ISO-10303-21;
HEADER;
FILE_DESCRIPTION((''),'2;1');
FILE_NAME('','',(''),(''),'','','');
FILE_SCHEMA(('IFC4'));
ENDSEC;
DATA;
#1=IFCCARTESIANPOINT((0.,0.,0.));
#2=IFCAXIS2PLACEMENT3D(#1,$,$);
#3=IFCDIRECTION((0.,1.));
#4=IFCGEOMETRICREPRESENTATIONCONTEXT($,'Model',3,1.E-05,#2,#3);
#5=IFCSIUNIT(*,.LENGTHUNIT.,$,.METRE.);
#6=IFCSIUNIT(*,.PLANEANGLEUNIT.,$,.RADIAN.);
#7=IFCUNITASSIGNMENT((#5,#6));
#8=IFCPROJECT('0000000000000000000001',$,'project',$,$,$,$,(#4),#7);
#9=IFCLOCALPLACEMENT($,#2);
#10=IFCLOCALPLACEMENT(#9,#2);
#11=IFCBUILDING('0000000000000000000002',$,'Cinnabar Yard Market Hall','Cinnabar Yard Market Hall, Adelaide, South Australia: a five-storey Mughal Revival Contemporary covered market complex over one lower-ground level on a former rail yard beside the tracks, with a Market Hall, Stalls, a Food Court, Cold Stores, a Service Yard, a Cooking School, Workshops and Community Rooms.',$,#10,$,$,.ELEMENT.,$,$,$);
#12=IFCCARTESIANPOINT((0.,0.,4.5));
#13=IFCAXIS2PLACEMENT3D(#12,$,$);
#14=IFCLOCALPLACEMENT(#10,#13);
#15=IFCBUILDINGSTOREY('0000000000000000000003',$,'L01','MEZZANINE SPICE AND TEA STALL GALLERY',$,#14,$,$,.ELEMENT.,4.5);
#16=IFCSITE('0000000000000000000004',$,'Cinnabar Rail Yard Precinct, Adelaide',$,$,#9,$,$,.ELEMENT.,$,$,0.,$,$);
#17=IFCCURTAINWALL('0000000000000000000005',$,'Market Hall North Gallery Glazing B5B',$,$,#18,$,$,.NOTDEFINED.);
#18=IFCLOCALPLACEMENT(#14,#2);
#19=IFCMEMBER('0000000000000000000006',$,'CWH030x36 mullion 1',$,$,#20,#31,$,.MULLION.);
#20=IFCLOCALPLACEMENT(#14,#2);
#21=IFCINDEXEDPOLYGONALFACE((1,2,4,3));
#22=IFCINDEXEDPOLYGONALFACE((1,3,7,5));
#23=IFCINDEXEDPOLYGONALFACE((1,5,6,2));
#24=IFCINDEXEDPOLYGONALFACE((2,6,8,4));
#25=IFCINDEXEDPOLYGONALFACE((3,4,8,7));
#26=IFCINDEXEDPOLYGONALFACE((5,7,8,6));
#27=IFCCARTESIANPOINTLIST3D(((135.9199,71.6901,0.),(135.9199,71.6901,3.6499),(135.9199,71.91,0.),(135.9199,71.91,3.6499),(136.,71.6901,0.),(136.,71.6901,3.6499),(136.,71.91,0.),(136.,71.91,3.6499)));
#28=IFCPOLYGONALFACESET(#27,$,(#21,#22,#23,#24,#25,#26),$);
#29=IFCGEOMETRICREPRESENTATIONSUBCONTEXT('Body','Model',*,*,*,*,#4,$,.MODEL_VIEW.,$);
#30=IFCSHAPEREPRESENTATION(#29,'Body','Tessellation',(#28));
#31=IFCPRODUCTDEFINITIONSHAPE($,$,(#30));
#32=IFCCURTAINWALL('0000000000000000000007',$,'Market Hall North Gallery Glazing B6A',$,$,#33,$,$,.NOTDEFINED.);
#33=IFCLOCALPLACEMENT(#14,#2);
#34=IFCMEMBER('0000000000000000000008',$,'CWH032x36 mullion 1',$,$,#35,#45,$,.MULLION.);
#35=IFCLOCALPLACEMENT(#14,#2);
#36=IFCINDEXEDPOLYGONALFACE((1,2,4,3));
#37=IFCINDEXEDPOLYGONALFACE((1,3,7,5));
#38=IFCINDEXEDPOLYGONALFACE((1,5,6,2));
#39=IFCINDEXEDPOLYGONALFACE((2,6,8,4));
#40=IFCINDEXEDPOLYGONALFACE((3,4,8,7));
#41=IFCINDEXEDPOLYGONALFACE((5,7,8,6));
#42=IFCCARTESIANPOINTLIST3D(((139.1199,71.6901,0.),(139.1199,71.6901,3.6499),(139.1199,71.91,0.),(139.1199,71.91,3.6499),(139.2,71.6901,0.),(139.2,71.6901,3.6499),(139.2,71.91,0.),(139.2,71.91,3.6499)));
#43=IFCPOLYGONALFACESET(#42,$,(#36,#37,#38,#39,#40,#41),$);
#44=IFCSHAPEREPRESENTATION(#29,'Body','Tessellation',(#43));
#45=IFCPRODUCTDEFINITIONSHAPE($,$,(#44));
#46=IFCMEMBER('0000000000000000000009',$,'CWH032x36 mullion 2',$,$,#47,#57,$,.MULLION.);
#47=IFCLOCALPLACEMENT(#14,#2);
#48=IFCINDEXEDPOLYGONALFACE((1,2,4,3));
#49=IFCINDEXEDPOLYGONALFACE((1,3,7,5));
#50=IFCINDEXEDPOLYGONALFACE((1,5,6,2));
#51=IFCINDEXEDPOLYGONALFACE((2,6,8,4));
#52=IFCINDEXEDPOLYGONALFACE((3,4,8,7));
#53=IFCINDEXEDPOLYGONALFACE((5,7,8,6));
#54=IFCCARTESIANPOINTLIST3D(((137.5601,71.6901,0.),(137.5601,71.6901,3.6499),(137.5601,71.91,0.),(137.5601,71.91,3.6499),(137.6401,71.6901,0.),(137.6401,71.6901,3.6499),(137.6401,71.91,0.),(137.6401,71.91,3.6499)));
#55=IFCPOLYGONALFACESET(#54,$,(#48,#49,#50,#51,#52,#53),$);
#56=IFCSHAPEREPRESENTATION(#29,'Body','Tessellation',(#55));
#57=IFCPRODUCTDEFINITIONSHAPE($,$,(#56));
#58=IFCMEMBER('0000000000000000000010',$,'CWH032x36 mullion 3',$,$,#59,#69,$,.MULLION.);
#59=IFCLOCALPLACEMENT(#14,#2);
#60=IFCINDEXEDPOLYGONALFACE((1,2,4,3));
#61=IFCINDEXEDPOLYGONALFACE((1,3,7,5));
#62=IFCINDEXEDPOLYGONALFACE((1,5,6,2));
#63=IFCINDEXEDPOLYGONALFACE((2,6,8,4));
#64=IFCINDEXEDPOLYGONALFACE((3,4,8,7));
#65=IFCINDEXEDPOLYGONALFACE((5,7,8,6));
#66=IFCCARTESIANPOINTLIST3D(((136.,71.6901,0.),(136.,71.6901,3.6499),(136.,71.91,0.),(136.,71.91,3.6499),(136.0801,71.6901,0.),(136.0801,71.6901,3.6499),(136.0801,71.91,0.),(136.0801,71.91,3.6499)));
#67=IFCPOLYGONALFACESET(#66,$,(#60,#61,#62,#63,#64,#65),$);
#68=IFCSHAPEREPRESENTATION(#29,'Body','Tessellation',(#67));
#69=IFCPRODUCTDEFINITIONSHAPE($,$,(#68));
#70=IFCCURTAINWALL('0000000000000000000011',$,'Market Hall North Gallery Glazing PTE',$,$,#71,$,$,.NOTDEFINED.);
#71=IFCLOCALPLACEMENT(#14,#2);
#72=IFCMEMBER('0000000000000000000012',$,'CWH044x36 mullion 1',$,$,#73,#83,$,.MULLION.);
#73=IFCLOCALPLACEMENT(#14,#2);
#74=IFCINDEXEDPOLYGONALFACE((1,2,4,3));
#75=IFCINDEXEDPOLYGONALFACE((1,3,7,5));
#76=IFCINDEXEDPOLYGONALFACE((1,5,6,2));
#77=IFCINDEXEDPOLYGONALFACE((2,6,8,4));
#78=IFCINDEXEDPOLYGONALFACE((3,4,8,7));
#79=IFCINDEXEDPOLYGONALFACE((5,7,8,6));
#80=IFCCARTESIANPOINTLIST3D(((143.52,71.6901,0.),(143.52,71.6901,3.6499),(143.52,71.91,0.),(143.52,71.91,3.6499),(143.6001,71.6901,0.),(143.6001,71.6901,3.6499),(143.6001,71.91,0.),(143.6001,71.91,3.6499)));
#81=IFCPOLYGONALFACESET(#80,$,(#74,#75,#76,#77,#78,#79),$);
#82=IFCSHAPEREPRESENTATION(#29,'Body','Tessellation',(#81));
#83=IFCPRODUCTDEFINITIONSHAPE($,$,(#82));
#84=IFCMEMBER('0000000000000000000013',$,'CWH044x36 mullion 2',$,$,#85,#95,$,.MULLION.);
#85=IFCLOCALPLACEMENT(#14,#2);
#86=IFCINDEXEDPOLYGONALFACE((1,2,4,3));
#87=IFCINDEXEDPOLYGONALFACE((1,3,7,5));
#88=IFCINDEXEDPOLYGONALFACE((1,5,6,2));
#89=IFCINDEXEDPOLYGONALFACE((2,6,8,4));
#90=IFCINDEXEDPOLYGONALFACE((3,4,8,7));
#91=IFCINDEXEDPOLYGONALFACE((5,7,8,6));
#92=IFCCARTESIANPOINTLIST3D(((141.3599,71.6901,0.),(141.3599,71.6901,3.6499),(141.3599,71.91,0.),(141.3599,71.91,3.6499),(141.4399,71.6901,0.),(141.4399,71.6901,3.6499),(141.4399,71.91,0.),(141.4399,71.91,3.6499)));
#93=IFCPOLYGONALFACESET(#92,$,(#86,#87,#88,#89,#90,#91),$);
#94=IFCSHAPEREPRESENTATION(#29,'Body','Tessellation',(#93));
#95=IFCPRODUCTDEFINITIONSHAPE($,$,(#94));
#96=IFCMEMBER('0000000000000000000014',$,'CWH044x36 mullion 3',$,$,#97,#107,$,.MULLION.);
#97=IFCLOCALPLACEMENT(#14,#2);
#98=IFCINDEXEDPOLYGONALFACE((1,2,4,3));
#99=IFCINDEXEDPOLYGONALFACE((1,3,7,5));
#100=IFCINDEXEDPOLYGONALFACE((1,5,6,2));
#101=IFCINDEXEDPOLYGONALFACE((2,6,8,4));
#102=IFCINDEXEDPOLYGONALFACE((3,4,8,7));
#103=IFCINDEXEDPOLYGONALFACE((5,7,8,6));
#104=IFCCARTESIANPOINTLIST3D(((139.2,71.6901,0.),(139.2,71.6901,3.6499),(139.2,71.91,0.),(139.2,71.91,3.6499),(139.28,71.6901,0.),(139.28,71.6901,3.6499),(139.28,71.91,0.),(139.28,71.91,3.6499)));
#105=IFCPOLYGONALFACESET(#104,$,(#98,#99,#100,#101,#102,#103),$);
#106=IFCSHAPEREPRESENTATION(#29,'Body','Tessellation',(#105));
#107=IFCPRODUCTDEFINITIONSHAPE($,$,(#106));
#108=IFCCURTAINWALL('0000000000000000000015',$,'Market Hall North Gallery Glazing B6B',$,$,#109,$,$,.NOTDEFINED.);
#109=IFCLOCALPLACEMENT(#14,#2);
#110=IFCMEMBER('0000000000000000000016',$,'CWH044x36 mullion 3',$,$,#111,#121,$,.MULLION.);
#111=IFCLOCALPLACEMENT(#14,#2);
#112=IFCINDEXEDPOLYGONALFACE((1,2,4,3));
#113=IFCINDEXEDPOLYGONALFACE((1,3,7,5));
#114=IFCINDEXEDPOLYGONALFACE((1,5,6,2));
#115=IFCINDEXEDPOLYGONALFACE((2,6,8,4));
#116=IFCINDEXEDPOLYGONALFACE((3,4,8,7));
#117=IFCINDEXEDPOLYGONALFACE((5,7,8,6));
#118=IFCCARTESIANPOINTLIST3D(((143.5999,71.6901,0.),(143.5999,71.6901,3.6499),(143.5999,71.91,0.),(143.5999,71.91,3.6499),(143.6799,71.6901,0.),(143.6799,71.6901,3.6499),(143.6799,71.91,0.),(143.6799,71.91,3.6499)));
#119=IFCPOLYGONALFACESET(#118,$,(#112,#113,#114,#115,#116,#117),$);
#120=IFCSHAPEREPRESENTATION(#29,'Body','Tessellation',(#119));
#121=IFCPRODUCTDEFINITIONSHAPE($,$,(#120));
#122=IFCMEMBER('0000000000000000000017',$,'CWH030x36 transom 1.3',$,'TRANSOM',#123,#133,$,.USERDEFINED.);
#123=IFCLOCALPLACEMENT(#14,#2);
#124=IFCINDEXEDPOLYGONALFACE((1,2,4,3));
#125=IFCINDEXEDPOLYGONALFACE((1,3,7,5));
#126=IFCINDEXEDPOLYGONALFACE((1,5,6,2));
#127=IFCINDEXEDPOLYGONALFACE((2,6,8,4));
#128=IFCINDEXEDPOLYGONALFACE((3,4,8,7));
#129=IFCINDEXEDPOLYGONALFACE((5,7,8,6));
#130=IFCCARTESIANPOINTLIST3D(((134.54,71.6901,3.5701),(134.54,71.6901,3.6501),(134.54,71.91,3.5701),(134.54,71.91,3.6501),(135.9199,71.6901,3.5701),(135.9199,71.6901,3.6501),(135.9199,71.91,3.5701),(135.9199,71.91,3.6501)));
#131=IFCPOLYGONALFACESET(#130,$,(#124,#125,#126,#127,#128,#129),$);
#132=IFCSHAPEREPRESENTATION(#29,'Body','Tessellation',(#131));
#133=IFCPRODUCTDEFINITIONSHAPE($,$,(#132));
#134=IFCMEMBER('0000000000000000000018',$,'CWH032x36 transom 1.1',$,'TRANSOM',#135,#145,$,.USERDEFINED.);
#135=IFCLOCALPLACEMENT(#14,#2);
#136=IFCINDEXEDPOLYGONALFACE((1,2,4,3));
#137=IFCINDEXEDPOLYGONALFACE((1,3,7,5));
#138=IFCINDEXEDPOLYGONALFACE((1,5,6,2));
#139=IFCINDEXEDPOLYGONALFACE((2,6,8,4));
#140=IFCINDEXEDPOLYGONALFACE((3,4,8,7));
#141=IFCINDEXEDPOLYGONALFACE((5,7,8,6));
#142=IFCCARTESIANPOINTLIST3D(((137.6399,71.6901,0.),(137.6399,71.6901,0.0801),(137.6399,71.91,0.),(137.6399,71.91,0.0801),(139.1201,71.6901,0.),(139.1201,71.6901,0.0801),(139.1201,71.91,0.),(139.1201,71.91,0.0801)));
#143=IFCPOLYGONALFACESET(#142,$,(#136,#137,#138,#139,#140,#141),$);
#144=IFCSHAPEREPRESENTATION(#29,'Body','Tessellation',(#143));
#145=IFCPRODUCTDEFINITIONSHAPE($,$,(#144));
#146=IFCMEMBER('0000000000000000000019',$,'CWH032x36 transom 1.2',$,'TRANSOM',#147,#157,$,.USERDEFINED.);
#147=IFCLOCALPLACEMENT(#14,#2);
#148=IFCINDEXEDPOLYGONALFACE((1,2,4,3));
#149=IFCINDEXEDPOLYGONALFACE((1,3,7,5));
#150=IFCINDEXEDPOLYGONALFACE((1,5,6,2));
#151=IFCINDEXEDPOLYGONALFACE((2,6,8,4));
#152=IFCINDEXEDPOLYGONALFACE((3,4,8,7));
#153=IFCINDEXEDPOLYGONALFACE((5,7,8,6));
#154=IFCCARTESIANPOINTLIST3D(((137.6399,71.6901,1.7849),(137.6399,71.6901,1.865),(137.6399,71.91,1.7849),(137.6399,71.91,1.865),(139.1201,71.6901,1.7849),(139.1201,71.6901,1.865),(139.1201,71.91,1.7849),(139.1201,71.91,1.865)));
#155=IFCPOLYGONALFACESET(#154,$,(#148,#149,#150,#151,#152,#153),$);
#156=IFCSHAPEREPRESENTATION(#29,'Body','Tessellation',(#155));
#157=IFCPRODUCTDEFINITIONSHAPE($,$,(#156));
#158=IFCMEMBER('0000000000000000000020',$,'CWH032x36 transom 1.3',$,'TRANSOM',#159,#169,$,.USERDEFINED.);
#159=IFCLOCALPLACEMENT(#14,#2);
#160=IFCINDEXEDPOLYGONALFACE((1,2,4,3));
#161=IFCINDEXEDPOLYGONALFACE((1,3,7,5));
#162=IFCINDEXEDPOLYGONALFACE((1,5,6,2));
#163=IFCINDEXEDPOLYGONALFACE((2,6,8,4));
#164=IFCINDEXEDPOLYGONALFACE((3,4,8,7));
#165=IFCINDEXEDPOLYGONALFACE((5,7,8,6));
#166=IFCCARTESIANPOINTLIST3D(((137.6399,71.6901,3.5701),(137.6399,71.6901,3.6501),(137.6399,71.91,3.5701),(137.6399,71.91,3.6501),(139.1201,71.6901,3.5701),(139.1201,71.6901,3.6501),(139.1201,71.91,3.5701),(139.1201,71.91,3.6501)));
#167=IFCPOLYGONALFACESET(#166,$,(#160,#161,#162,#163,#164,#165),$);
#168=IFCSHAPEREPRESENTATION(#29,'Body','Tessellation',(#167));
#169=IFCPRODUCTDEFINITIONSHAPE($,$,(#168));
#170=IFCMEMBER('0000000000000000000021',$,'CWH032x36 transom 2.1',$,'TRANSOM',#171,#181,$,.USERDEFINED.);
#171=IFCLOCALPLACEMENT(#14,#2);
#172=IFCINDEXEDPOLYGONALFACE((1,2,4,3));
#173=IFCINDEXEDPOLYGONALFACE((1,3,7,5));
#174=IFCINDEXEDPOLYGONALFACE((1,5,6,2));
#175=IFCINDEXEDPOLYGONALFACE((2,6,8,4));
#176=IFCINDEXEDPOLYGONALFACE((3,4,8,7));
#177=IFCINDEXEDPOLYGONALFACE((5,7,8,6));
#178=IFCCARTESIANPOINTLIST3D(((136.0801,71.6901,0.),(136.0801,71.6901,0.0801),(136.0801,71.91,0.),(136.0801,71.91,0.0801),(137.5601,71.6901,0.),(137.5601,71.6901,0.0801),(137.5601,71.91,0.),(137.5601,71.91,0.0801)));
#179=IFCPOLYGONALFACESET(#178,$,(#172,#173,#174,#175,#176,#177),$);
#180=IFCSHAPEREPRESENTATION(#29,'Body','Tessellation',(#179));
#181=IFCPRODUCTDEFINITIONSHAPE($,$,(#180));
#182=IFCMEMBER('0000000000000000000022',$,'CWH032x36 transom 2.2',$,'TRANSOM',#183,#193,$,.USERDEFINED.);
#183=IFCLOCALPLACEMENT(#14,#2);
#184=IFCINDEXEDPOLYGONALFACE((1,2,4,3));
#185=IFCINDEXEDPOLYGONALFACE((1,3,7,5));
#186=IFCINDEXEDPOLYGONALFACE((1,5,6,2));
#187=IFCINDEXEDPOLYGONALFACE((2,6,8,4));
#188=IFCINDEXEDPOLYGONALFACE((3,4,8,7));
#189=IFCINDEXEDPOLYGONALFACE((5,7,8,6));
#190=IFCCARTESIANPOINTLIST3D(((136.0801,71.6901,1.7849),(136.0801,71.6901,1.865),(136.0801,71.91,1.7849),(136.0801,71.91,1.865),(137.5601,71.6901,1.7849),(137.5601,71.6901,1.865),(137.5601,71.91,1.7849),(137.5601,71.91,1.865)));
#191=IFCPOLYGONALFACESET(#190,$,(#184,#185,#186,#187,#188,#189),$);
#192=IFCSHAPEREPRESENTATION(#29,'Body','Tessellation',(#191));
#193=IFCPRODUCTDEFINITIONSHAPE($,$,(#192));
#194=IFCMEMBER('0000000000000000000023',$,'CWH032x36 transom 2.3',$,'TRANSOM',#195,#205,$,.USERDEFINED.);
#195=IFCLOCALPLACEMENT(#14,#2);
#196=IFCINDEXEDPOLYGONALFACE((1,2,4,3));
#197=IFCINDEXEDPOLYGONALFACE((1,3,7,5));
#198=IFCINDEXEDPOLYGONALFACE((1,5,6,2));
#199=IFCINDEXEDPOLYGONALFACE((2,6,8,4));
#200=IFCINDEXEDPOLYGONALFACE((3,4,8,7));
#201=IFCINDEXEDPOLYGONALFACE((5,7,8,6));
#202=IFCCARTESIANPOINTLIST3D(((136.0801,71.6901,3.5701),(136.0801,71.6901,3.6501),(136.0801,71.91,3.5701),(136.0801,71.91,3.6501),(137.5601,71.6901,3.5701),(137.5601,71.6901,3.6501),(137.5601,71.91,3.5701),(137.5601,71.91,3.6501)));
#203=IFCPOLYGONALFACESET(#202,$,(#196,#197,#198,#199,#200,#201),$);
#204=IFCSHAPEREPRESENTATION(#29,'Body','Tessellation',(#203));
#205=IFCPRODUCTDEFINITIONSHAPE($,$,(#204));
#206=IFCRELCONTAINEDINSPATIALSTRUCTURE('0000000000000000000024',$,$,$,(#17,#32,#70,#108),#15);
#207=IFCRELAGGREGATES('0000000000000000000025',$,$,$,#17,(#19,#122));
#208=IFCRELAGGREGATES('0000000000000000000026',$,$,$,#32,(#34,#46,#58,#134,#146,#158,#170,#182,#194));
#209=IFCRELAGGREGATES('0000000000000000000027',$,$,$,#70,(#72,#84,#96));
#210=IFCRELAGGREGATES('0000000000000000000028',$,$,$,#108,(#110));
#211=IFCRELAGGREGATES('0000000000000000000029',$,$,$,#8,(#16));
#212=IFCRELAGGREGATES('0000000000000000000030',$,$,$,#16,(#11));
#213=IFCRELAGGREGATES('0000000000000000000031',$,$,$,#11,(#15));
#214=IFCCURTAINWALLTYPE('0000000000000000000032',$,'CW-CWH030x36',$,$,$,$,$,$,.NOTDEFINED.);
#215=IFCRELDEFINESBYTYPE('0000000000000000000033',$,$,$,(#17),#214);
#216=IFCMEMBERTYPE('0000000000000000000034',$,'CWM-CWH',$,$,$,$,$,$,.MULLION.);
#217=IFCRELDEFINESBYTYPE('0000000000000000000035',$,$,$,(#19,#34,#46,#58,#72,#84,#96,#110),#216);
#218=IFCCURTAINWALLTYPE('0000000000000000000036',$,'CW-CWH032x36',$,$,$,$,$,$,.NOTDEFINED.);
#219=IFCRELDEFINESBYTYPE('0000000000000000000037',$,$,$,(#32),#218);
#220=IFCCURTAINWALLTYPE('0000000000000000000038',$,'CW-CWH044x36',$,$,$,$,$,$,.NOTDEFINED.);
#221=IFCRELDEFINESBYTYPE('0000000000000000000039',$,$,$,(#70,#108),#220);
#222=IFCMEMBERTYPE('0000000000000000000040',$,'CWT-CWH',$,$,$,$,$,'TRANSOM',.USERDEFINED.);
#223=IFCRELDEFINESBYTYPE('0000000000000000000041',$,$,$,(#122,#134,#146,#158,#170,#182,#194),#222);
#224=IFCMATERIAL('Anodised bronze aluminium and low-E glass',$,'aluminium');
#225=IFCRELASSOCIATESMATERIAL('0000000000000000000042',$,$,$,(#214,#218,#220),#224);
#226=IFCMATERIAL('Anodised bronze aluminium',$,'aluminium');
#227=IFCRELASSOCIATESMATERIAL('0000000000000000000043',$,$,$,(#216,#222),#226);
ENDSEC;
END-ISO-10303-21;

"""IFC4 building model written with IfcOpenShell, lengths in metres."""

from ifc_helpers import new_model, si_unit, direction, frame, origin, origin_2d_with_axis, place, context, subcontext, project, spatial, rectangle, extrude, material, material_profile, profile_set, type_object, element, aggregate, save


model = new_model("IFC4")

# Units and contexts
model_context = context("Model", 3, precision=1e-05, world=origin(), true_north=direction((0.0, 1.0)))
body_context = subcontext(model_context, "Body", "Model", "MODEL_VIEW")
ifc_project = project(units=[si_unit("LENGTHUNIT", "METRE"), si_unit("PLANEANGLEUNIT", "RADIAN")], contexts=[model_context])

# Site, building, storey
site_placement = place(None, origin())
site = spatial("IfcSite", under=ifc_project, at=site_placement, Name="Cinnabar Rail Yard Precinct, Adelaide", CompositionType="ELEMENT", RefElevation=0.0)
building_placement = place(site_placement, origin())
building = spatial("IfcBuilding", under=site, at=building_placement, Name="Cinnabar Yard Market Hall", Description="Cinnabar Yard Market Hall, Adelaide, South Australia: a five-storey Mughal Revival Contemporary covered market complex over one lower-ground level on a former rail yard beside the tracks, with a Market Hall, Stalls, a Food Court, Cold Stores, a Service Yard, a Cooking School, Workshops and Community Rooms.", CompositionType="ELEMENT")
storey_placement = place(building_placement, frame((0.0, 0.0, 4.5)))
storey = spatial("IfcBuildingStorey", under=building, at=storey_placement, Name="L01", Description="MEZZANINE SPICE AND TEA STALL GALLERY", CompositionType="ELEMENT", Elevation=4.5)

# Curtain wall, member
ifc_material_1 = material(Name="Anodised bronze aluminium and low-E glass", Category="aluminium")
curtain_wall_type_1 = type_object("IfcCurtainWallType", Name="CW-CWH030x36", PredefinedType="NOTDEFINED", material=ifc_material_1)
curtain_wall_1_placement = place(storey_placement, origin())
curtain_wall_1 = element("IfcCurtainWall", 1, at=curtain_wall_1_placement, inside=storey, type_object=curtain_wall_type_1, Name="Market Hall North Gallery Glazing B5B", PredefinedType="NOTDEFINED")
ifc_material_2 = material(Name="Anodised bronze aluminium", Category="aluminium")
ifc_material_profile_1 = material_profile(ifc_material_2, rectangle(XDim=0.22, YDim=0.0801, at=origin_2d_with_axis()), Name="MUL-CWH")
ifc_profile_set_1 = profile_set([ifc_material_profile_1], Name="Anodised bronze aluminium")
member_type_1 = type_object("IfcMemberType", Name="CWM-CWH", PredefinedType="MULLION", material=ifc_profile_set_1)
member_1_placement = place(storey_placement, frame((135.96, 71.8, 0.0), z_axis=(0.0, 0.0, 1.0), x_axis=(0.0, -1.0, 0.0)))
member_1 = element("IfcMember", 2, at=member_1_placement, type_object=member_type_1, Name="CWH030x36 mullion 1", PredefinedType="MULLION", context=body_context, shape_type="SweptSolid", body=[
    extrude(rectangle(XDim=0.22, YDim=0.0801, at=origin_2d_with_axis()), origin(), (0.0, 0.0, 1.0), 3.6499),
])

# Curtain walls, members
curtain_wall_type_2 = type_object("IfcCurtainWallType", Name="CW-CWH032x36", PredefinedType="NOTDEFINED", material=ifc_material_1)
curtain_wall_2_placement = place(storey_placement, origin())
curtain_wall_2 = element("IfcCurtainWall", 3, at=curtain_wall_2_placement, inside=storey, type_object=curtain_wall_type_2, Name="Market Hall North Gallery Glazing B6A", PredefinedType="NOTDEFINED")
member_2_placement = place(storey_placement, frame((139.1599, 71.8, 0.0), z_axis=(0.0, 0.0, 1.0), x_axis=(0.0, -1.0, 0.0)))
member_2 = element("IfcMember", 4, at=member_2_placement, type_object=member_type_1, Name="CWH032x36 mullion 1", PredefinedType="MULLION", context=body_context, shape_type="SweptSolid", body=[
    extrude(rectangle(XDim=0.22, YDim=0.0801, at=origin_2d_with_axis()), origin(), (0.0, 0.0, 1.0), 3.6499),
])
member_3_placement = place(storey_placement, frame((137.6001, 71.8, 0.0), z_axis=(0.0, 0.0, 1.0), x_axis=(0.0, -1.0, 0.0)))
member_3 = element("IfcMember", 5, at=member_3_placement, type_object=member_type_1, Name="CWH032x36 mullion 2", PredefinedType="MULLION", context=body_context, shape_type="SweptSolid", body=[
    extrude(rectangle(XDim=0.22, YDim=0.0801, at=origin_2d_with_axis()), origin(), (0.0, 0.0, 1.0), 3.6499),
])
member_4_placement = place(storey_placement, frame((136.04, 71.8, 0.0), z_axis=(0.0, 0.0, 1.0), x_axis=(0.0, -1.0, 0.0)))
member_4 = element("IfcMember", 6, at=member_4_placement, type_object=member_type_1, Name="CWH032x36 mullion 3", PredefinedType="MULLION", context=body_context, shape_type="SweptSolid", body=[
    extrude(rectangle(XDim=0.22, YDim=0.0801, at=origin_2d_with_axis()), origin(), (0.0, 0.0, 1.0), 3.6499),
])
curtain_wall_type_3 = type_object("IfcCurtainWallType", Name="CW-CWH044x36", PredefinedType="NOTDEFINED", material=ifc_material_1)
curtain_wall_3_placement = place(storey_placement, origin())
curtain_wall_3 = element("IfcCurtainWall", 7, at=curtain_wall_3_placement, inside=storey, type_object=curtain_wall_type_3, Name="Market Hall North Gallery Glazing PTE", PredefinedType="NOTDEFINED")
member_5_placement = place(storey_placement, frame((143.5601, 71.8, 0.0), z_axis=(0.0, 0.0, 1.0), x_axis=(0.0, -1.0, 0.0)))
member_5 = element("IfcMember", 8, at=member_5_placement, type_object=member_type_1, Name="CWH044x36 mullion 1", PredefinedType="MULLION", context=body_context, shape_type="SweptSolid", body=[
    extrude(rectangle(XDim=0.22, YDim=0.0801, at=origin_2d_with_axis()), origin(), (0.0, 0.0, 1.0), 3.6499),
])
member_6_placement = place(storey_placement, frame((141.3999, 71.8, 0.0), z_axis=(0.0, 0.0, 1.0), x_axis=(0.0, -1.0, 0.0)))
member_6 = element("IfcMember", 9, at=member_6_placement, type_object=member_type_1, Name="CWH044x36 mullion 2", PredefinedType="MULLION", context=body_context, shape_type="SweptSolid", body=[
    extrude(rectangle(XDim=0.22, YDim=0.0801, at=origin_2d_with_axis()), origin(), (0.0, 0.0, 1.0), 3.6499),
])
member_7_placement = place(storey_placement, frame((139.24, 71.8, 0.0), z_axis=(0.0, 0.0, 1.0), x_axis=(0.0, -1.0, 0.0)))
member_7 = element("IfcMember", 10, at=member_7_placement, type_object=member_type_1, Name="CWH044x36 mullion 3", PredefinedType="MULLION", context=body_context, shape_type="SweptSolid", body=[
    extrude(rectangle(XDim=0.22, YDim=0.0801, at=origin_2d_with_axis()), origin(), (0.0, 0.0, 1.0), 3.6499),
])

# Curtain wall, member
curtain_wall_4_placement = place(storey_placement, origin())
curtain_wall_4 = element("IfcCurtainWall", 11, at=curtain_wall_4_placement, inside=storey, type_object=curtain_wall_type_3, Name="Market Hall North Gallery Glazing B6B", PredefinedType="NOTDEFINED")
member_8_placement = place(storey_placement, frame((143.6399, 71.8, 0.0), z_axis=(0.0, 0.0, 1.0), x_axis=(0.0, -1.0, 0.0)))
member_8 = element("IfcMember", 12, at=member_8_placement, type_object=member_type_1, Name="CWH044x36 mullion 3", PredefinedType="MULLION", context=body_context, shape_type="SweptSolid", body=[
    extrude(rectangle(XDim=0.22, YDim=0.0801, at=origin_2d_with_axis()), origin(), (0.0, 0.0, 1.0), 3.6499),
])

# Members
ifc_material_profile_2 = material_profile(ifc_material_2, rectangle(XDim=0.22, YDim=0.0801, at=origin_2d_with_axis()), Name="TRN-CWH")
ifc_profile_set_2 = profile_set([ifc_material_profile_2], Name="Anodised bronze aluminium")
member_type_2 = type_object("IfcMemberType", Name="CWT-CWH", ElementType="TRANSOM", PredefinedType="USERDEFINED", material=ifc_profile_set_2)
member_9_placement = place(storey_placement, frame((135.9199, 71.8, 3.6101), z_axis=(-1.0, 0.0, 0.0), x_axis=(0.0, -1.0, 0.0)))
member_9 = element("IfcMember", 13, at=member_9_placement, type_object=member_type_2, Name="CWH030x36 transom 1.3", ObjectType="TRANSOM", PredefinedType="USERDEFINED", context=body_context, shape_type="SweptSolid", body=[
    extrude(rectangle(XDim=0.22, YDim=0.0801, at=origin_2d_with_axis()), origin(), (0.0, 0.0, 1.0), 1.3799),
])
aggregate(curtain_wall_1, [member_1, member_9])
member_10_placement = place(storey_placement, frame((139.1201, 71.8, 0.04), z_axis=(-1.0, 0.0, 0.0), x_axis=(0.0, -1.0, 0.0)))
member_10 = element("IfcMember", 14, at=member_10_placement, type_object=member_type_2, Name="CWH032x36 transom 1.1", ObjectType="TRANSOM", PredefinedType="USERDEFINED", context=body_context, shape_type="SweptSolid", body=[
    extrude(rectangle(XDim=0.22, YDim=0.0801, at=origin_2d_with_axis()), origin(), (0.0, 0.0, 1.0), 1.4802),
])
member_11_placement = place(storey_placement, frame((139.1201, 71.8, 1.825), z_axis=(-1.0, 0.0, 0.0), x_axis=(0.0, -1.0, 0.0)))
member_11 = element("IfcMember", 15, at=member_11_placement, type_object=member_type_2, Name="CWH032x36 transom 1.2", ObjectType="TRANSOM", PredefinedType="USERDEFINED", context=body_context, shape_type="SweptSolid", body=[
    extrude(rectangle(XDim=0.22, YDim=0.0801, at=origin_2d_with_axis()), origin(), (0.0, 0.0, 1.0), 1.4802),
])
member_12_placement = place(storey_placement, frame((139.1201, 71.8, 3.6101), z_axis=(-1.0, 0.0, 0.0), x_axis=(0.0, -1.0, 0.0)))
member_12 = element("IfcMember", 16, at=member_12_placement, type_object=member_type_2, Name="CWH032x36 transom 1.3", ObjectType="TRANSOM", PredefinedType="USERDEFINED", context=body_context, shape_type="SweptSolid", body=[
    extrude(rectangle(XDim=0.22, YDim=0.0801, at=origin_2d_with_axis()), origin(), (0.0, 0.0, 1.0), 1.4802),
])
member_13_placement = place(storey_placement, frame((137.5601, 71.8, 0.04), z_axis=(-1.0, 0.0, 0.0), x_axis=(0.0, -1.0, 0.0)))
member_13 = element("IfcMember", 17, at=member_13_placement, type_object=member_type_2, Name="CWH032x36 transom 2.1", ObjectType="TRANSOM", PredefinedType="USERDEFINED", context=body_context, shape_type="SweptSolid", body=[
    extrude(rectangle(XDim=0.22, YDim=0.0801, at=origin_2d_with_axis()), origin(), (0.0, 0.0, 1.0), 1.48),
])
member_14_placement = place(storey_placement, frame((137.5601, 71.8, 1.825), z_axis=(-1.0, 0.0, 0.0), x_axis=(0.0, -1.0, 0.0)))
member_14 = element("IfcMember", 18, at=member_14_placement, type_object=member_type_2, Name="CWH032x36 transom 2.2", ObjectType="TRANSOM", PredefinedType="USERDEFINED", context=body_context, shape_type="SweptSolid", body=[
    extrude(rectangle(XDim=0.22, YDim=0.0801, at=origin_2d_with_axis()), origin(), (0.0, 0.0, 1.0), 1.48),
])
member_15_placement = place(storey_placement, frame((137.5601, 71.8, 3.6101), z_axis=(-1.0, 0.0, 0.0), x_axis=(0.0, -1.0, 0.0)))
member_15 = element("IfcMember", 19, at=member_15_placement, type_object=member_type_2, Name="CWH032x36 transom 2.3", ObjectType="TRANSOM", PredefinedType="USERDEFINED", context=body_context, shape_type="SweptSolid", body=[
    extrude(rectangle(XDim=0.22, YDim=0.0801, at=origin_2d_with_axis()), origin(), (0.0, 0.0, 1.0), 1.48),
])

aggregate(curtain_wall_2, [member_2, member_3, member_4, member_10, member_11, member_12, member_13, member_14, member_15])
aggregate(curtain_wall_3, [member_5, member_6, member_7])
aggregate(curtain_wall_4, [member_8])

save(model, "model.ifc")
